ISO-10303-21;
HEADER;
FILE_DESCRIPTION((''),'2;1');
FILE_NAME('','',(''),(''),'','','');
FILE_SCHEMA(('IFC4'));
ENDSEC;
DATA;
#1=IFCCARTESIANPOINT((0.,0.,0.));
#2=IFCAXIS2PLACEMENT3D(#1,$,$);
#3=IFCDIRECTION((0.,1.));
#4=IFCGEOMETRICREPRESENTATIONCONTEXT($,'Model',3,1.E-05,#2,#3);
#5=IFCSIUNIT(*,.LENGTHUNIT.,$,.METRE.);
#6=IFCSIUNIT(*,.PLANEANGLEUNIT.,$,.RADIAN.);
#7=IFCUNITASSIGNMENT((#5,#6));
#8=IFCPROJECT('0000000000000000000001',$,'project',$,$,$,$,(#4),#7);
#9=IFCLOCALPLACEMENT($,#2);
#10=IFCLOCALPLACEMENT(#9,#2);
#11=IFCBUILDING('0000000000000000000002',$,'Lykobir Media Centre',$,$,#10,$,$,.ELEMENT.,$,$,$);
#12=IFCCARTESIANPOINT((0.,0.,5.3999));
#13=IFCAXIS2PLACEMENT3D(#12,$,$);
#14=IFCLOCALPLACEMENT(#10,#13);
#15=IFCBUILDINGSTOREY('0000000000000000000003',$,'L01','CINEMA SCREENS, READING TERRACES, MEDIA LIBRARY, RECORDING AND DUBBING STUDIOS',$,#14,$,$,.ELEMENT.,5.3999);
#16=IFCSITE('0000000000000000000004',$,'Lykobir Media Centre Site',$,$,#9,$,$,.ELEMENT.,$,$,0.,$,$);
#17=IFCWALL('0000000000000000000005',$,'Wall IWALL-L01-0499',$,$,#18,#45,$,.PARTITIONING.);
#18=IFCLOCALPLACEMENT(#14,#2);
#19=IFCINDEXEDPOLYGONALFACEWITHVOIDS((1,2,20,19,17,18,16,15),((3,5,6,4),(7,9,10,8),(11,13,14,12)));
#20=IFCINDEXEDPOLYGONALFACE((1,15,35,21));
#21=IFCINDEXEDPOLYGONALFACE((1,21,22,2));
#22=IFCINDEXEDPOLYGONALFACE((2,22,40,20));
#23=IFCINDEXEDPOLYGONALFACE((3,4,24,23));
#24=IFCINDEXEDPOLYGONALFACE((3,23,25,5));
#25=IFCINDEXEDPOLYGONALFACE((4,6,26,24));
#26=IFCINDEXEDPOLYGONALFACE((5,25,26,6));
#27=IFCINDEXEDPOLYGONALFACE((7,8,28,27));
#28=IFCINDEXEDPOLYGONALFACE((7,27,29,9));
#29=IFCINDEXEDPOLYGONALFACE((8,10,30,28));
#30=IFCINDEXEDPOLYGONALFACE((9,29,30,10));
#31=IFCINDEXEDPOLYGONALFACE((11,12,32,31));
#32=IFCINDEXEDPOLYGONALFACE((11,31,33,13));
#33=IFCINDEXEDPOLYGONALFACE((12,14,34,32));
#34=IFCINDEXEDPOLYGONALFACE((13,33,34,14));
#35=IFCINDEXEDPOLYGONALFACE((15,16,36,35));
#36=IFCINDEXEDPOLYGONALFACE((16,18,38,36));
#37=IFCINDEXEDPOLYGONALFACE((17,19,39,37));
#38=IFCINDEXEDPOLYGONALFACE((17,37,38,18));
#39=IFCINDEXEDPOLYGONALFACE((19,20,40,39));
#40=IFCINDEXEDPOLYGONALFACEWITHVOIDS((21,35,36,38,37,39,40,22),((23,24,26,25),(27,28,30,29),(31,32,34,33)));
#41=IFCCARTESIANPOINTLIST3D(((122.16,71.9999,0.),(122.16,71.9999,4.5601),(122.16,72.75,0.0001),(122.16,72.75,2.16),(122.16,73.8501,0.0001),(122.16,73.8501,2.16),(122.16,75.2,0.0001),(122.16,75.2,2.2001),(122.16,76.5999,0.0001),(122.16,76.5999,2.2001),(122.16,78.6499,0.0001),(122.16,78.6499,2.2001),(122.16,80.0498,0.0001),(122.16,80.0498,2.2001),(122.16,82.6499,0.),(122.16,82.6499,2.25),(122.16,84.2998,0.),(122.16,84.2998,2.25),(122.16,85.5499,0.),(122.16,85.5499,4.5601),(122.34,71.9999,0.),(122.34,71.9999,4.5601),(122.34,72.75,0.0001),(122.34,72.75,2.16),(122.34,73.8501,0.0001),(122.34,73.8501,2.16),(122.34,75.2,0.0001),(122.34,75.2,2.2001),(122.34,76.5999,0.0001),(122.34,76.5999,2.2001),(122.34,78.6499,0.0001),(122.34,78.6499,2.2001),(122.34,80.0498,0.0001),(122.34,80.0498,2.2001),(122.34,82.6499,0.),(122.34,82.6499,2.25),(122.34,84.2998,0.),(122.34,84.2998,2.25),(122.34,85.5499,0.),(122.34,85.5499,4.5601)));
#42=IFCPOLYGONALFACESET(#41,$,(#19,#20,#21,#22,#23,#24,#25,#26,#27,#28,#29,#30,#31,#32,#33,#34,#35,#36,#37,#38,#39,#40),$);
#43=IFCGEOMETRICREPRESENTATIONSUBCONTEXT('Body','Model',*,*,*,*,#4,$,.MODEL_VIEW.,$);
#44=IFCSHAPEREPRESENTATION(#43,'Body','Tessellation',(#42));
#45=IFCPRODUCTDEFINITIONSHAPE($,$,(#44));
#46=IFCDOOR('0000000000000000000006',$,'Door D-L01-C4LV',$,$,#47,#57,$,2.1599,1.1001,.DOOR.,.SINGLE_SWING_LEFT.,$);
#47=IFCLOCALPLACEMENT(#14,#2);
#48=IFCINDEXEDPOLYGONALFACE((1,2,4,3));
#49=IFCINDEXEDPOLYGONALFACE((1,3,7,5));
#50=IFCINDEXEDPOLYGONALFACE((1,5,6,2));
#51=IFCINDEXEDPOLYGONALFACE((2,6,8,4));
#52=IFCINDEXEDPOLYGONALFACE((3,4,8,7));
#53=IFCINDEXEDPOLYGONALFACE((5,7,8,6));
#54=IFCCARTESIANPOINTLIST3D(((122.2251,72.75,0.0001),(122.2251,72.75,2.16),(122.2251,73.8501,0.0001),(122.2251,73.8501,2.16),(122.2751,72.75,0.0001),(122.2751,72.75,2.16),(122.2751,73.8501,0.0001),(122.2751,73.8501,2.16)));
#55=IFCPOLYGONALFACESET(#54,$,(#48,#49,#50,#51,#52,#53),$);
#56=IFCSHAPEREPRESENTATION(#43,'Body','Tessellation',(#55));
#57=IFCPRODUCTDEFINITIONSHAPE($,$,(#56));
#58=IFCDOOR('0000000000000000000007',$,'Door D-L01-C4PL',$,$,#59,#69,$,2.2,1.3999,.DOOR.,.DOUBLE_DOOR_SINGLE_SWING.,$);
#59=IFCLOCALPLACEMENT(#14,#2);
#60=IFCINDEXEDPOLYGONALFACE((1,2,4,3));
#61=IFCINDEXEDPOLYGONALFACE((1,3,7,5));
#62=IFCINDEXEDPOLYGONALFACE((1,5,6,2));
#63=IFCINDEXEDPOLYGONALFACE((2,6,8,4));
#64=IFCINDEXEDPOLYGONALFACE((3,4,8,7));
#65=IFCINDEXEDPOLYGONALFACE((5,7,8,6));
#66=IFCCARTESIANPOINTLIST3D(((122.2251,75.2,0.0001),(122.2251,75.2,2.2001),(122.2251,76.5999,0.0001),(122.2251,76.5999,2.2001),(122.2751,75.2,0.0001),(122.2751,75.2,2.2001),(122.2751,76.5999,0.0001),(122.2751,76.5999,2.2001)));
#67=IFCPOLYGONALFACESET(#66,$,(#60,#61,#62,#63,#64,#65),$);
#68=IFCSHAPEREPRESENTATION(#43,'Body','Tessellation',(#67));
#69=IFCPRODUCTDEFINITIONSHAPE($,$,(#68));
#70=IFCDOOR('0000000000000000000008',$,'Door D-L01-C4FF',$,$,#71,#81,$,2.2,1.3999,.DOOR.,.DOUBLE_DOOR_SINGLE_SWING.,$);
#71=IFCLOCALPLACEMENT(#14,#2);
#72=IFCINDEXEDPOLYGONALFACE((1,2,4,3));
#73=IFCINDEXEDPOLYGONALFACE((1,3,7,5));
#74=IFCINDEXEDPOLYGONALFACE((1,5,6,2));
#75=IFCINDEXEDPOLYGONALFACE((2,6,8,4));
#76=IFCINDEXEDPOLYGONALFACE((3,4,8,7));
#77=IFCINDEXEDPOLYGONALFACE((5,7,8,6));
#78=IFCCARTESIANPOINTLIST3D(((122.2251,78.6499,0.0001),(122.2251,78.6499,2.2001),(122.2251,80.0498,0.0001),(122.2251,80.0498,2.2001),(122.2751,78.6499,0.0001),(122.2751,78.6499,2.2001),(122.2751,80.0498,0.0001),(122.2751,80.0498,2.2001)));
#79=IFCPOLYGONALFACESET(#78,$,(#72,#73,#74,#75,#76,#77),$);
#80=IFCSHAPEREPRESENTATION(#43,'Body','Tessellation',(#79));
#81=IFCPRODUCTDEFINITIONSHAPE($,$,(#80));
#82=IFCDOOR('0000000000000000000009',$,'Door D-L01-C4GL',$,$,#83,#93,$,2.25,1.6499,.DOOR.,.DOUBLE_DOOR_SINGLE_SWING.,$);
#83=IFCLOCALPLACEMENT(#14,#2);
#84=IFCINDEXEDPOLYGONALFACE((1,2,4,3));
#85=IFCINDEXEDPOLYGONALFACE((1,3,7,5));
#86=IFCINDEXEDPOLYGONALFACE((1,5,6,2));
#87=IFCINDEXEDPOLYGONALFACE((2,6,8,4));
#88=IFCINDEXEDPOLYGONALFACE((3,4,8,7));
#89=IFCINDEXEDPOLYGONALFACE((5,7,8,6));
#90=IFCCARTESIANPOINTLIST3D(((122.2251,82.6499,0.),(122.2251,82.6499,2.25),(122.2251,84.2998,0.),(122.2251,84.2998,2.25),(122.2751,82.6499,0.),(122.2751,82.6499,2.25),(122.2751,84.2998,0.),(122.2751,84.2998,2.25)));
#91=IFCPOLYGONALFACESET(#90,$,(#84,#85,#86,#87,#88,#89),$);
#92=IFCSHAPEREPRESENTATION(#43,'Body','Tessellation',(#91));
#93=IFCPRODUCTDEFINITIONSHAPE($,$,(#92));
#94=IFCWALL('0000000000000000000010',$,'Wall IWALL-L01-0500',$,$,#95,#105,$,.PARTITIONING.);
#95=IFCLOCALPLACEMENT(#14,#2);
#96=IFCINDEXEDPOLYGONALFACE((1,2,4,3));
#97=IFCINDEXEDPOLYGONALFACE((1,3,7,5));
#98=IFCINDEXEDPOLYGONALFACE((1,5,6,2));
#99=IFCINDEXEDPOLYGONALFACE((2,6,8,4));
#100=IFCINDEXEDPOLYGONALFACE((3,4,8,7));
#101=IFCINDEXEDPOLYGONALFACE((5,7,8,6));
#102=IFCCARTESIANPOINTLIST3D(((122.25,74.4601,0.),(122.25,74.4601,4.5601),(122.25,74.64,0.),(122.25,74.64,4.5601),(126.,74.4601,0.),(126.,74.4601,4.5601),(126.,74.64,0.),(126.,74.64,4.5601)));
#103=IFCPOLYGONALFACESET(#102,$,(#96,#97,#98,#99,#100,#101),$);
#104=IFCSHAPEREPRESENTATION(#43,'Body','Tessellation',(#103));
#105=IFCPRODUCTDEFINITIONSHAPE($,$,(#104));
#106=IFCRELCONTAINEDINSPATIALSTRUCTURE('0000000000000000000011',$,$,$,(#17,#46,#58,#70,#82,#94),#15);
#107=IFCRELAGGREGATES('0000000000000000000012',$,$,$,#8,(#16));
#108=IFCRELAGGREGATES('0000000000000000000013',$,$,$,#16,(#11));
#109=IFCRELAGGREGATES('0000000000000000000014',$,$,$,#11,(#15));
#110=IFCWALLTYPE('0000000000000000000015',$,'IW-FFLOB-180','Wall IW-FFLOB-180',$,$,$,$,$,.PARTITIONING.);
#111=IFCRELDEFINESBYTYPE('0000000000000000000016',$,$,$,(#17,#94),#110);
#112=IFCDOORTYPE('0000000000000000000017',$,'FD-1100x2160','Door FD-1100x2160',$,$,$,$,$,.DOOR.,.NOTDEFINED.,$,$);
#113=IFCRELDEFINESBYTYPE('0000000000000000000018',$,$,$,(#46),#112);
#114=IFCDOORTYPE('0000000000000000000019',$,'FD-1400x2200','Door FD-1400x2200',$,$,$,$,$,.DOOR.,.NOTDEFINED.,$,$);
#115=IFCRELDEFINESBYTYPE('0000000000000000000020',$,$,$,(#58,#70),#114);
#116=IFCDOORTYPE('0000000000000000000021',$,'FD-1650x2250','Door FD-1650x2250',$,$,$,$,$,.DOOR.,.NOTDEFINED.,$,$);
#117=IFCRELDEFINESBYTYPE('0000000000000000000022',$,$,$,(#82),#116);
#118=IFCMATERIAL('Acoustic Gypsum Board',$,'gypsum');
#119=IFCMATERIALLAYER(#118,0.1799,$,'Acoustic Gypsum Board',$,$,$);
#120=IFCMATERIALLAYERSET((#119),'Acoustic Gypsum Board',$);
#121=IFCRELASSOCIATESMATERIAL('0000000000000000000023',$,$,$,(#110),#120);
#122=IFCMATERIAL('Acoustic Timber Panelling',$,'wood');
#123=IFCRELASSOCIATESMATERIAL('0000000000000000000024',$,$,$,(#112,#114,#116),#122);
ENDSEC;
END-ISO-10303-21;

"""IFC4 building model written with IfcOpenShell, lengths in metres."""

from ifc_helpers import new_model, si_unit, direction, frame, frame_2d, origin, place, context, subcontext, project, spatial, rectangle, extrude, material, layer, layer_set, type_object, element, fill, save


model = new_model("IFC4")

# Units and contexts
model_context = context("Model", 3, precision=1e-05, world=origin(), true_north=direction((0.0, 1.0)))
body_context = subcontext(model_context, "Body", "Model", "MODEL_VIEW")
ifc_project = project(units=[si_unit("LENGTHUNIT", "METRE"), si_unit("PLANEANGLEUNIT", "RADIAN")], contexts=[model_context])

# Site, building, storey
site_placement = place(None, origin())
site = spatial("IfcSite", under=ifc_project, at=site_placement, Name="Lykobir Media Centre Site", CompositionType="ELEMENT", RefElevation=0.0)
building_placement = place(site_placement, origin())
building = spatial("IfcBuilding", under=site, at=building_placement, Name="Lykobir Media Centre", CompositionType="ELEMENT")
storey_placement = place(building_placement, frame((0.0, 0.0, 5.3999)))
storey = spatial("IfcBuildingStorey", under=building, at=storey_placement, Name="L01", Description="CINEMA SCREENS, READING TERRACES, MEDIA LIBRARY, RECORDING AND DUBBING STUDIOS", CompositionType="ELEMENT", Elevation=5.3999)

# Shared definitions
ifc_material_1 = material(Name="Acoustic Gypsum Board", Category="gypsum")

# Wall, openings, doors
ifc_layer_1 = layer(ifc_material_1, 0.1799, Name="Acoustic Gypsum Board")
ifc_layer_set_1 = layer_set([ifc_layer_1], Name="Acoustic Gypsum Board")
wall_type_1 = type_object("IfcWallType", Name="IW-FFLOB-180", Description="Wall IW-FFLOB-180", PredefinedType="PARTITIONING", material=ifc_layer_set_1)
wall_1_placement = place(storey_placement, frame((122.25, 72.0, 0.0), z_axis=(0.0, 0.0, 1.0), x_axis=(0.0, 1.0, 0.0)))
wall_1 = element("IfcWall", 1, at=wall_1_placement, inside=storey, type_object=wall_type_1, Name="Wall IWALL-L01-0499", PredefinedType="PARTITIONING", context=body_context, shape_type="SweptSolid", body=[
    extrude(rectangle(XDim=13.55, YDim=0.1799, at=frame_2d((6.7749, 0.0))), origin(), (0.0, 0.0, 1.0), 4.5601),
])
opening_1_placement = place(wall_1_placement, frame((0.75, 0.0, 0.0)))
opening_1 = element("IfcOpeningElement", 2, at=opening_1_placement, cuts=wall_1, PredefinedType="OPENING", context=body_context, shape_type="SweptSolid", body=[
    extrude(rectangle(XDim=1.1001, YDim=2.1599, at=frame_2d((0.55, 1.0801))), frame((0.0, 0.0999, 0.0), z_axis=(0.0, -1.0, 0.0), x_axis=(1.0, 0.0, 0.0)), (0.0, 0.0, 1.0), 0.2),
])
opening_2_placement = place(wall_1_placement, frame((3.2, 0.0, 0.0)))
opening_2 = element("IfcOpeningElement", 3, at=opening_2_placement, cuts=wall_1, PredefinedType="OPENING", context=body_context, shape_type="SweptSolid", body=[
    extrude(rectangle(XDim=1.3999, YDim=2.2, at=frame_2d((0.7, 1.1001))), frame((0.0, 0.0999, 0.0), z_axis=(0.0, -1.0, 0.0), x_axis=(1.0, 0.0, 0.0)), (0.0, 0.0, 1.0), 0.2),
])
opening_3_placement = place(wall_1_placement, frame((6.6499, 0.0, 0.0)))
opening_3 = element("IfcOpeningElement", 4, at=opening_3_placement, cuts=wall_1, PredefinedType="OPENING", context=body_context, shape_type="SweptSolid", body=[
    extrude(rectangle(XDim=1.3999, YDim=2.2, at=frame_2d((0.7, 1.1001))), frame((0.0, 0.0999, 0.0), z_axis=(0.0, -1.0, 0.0), x_axis=(1.0, 0.0, 0.0)), (0.0, 0.0, 1.0), 0.2),
])
opening_4_placement = place(wall_1_placement, frame((10.6499, 0.0, 0.0)))
opening_4 = element("IfcOpeningElement", 5, at=opening_4_placement, cuts=wall_1, PredefinedType="OPENING", context=body_context, shape_type="SweptSolid", body=[
    extrude(rectangle(XDim=1.6499, YDim=2.25, at=frame_2d((0.825, 1.125))), frame((0.0, 0.0999, 0.0), z_axis=(0.0, -1.0, 0.0), x_axis=(1.0, 0.0, 0.0)), (0.0, 0.0, 1.0), 0.2),
])
ifc_material_2 = material(Name="Acoustic Timber Panelling", Category="wood")
door_type_1 = type_object("IfcDoorType", Name="FD-1100x2160", Description="Door FD-1100x2160", OperationType="NOTDEFINED", PredefinedType="DOOR", material=ifc_material_2)
door_1_placement = place(opening_1_placement, origin())
door_1 = element("IfcDoor", 6, at=door_1_placement, inside=storey, type_object=door_type_1, Name="Door D-L01-C4LV", OperationType="SINGLE_SWING_LEFT", OverallHeight=2.1599, OverallWidth=1.1001, PredefinedType="DOOR", context=body_context, shape_type="SweptSolid", body=[
    extrude(rectangle(XDim=1.1001, YDim=2.1599, at=frame_2d((0.55, 1.0801))), frame((0.0, 0.0249, 0.0), z_axis=(0.0, -1.0, 0.0), x_axis=(1.0, 0.0, 0.0)), (0.0, 0.0, 1.0), 0.05),
])
fill(opening_1, door_1)
door_type_2 = type_object("IfcDoorType", Name="FD-1400x2200", Description="Door FD-1400x2200", OperationType="NOTDEFINED", PredefinedType="DOOR", material=ifc_material_2)
door_2_placement = place(opening_2_placement, origin())
door_2 = element("IfcDoor", 7, at=door_2_placement, inside=storey, type_object=door_type_2, Name="Door D-L01-C4PL", OperationType="DOUBLE_DOOR_SINGLE_SWING", OverallHeight=2.2, OverallWidth=1.3999, PredefinedType="DOOR", context=body_context, shape_type="SweptSolid", body=[
    extrude(rectangle(XDim=1.3999, YDim=2.2, at=frame_2d((0.7, 1.1001))), frame((0.0, 0.0249, 0.0), z_axis=(0.0, -1.0, 0.0), x_axis=(1.0, 0.0, 0.0)), (0.0, 0.0, 1.0), 0.05),
])
fill(opening_2, door_2)
door_3_placement = place(opening_3_placement, origin())
door_3 = element("IfcDoor", 8, at=door_3_placement, inside=storey, type_object=door_type_2, Name="Door D-L01-C4FF", OperationType="DOUBLE_DOOR_SINGLE_SWING", OverallHeight=2.2, OverallWidth=1.3999, PredefinedType="DOOR", context=body_context, shape_type="SweptSolid", body=[
    extrude(rectangle(XDim=1.3999, YDim=2.2, at=frame_2d((0.7, 1.1001))), frame((0.0, 0.0249, 0.0), z_axis=(0.0, -1.0, 0.0), x_axis=(1.0, 0.0, 0.0)), (0.0, 0.0, 1.0), 0.05),
])
fill(opening_3, door_3)
door_type_3 = type_object("IfcDoorType", Name="FD-1650x2250", Description="Door FD-1650x2250", OperationType="NOTDEFINED", PredefinedType="DOOR", material=ifc_material_2)
door_4_placement = place(opening_4_placement, origin())
door_4 = element("IfcDoor", 9, at=door_4_placement, inside=storey, type_object=door_type_3, Name="Door D-L01-C4GL", OperationType="DOUBLE_DOOR_SINGLE_SWING", OverallHeight=2.25, OverallWidth=1.6499, PredefinedType="DOOR", context=body_context, shape_type="SweptSolid", body=[
    extrude(rectangle(XDim=1.6499, YDim=2.25, at=frame_2d((0.825, 1.125))), frame((0.0, 0.0249, 0.0), z_axis=(0.0, -1.0, 0.0), x_axis=(1.0, 0.0, 0.0)), (0.0, 0.0, 1.0), 0.05),
])
fill(opening_4, door_4)

# Wall
wall_2_placement = place(storey_placement, frame((122.25, 74.55, 0.0), z_axis=(0.0, 0.0, 1.0), x_axis=(1.0, 0.0, 0.0)))
element("IfcWall", 10, at=wall_2_placement, inside=storey, type_object=wall_type_1, Name="Wall IWALL-L01-0500", PredefinedType="PARTITIONING", context=body_context, shape_type="SweptSolid", body=[
    extrude(rectangle(XDim=3.75, YDim=0.1799, at=frame_2d((1.875, 0.0))), origin(), (0.0, 0.0, 1.0), 4.5601),
])

save(model, "model.ifc")
